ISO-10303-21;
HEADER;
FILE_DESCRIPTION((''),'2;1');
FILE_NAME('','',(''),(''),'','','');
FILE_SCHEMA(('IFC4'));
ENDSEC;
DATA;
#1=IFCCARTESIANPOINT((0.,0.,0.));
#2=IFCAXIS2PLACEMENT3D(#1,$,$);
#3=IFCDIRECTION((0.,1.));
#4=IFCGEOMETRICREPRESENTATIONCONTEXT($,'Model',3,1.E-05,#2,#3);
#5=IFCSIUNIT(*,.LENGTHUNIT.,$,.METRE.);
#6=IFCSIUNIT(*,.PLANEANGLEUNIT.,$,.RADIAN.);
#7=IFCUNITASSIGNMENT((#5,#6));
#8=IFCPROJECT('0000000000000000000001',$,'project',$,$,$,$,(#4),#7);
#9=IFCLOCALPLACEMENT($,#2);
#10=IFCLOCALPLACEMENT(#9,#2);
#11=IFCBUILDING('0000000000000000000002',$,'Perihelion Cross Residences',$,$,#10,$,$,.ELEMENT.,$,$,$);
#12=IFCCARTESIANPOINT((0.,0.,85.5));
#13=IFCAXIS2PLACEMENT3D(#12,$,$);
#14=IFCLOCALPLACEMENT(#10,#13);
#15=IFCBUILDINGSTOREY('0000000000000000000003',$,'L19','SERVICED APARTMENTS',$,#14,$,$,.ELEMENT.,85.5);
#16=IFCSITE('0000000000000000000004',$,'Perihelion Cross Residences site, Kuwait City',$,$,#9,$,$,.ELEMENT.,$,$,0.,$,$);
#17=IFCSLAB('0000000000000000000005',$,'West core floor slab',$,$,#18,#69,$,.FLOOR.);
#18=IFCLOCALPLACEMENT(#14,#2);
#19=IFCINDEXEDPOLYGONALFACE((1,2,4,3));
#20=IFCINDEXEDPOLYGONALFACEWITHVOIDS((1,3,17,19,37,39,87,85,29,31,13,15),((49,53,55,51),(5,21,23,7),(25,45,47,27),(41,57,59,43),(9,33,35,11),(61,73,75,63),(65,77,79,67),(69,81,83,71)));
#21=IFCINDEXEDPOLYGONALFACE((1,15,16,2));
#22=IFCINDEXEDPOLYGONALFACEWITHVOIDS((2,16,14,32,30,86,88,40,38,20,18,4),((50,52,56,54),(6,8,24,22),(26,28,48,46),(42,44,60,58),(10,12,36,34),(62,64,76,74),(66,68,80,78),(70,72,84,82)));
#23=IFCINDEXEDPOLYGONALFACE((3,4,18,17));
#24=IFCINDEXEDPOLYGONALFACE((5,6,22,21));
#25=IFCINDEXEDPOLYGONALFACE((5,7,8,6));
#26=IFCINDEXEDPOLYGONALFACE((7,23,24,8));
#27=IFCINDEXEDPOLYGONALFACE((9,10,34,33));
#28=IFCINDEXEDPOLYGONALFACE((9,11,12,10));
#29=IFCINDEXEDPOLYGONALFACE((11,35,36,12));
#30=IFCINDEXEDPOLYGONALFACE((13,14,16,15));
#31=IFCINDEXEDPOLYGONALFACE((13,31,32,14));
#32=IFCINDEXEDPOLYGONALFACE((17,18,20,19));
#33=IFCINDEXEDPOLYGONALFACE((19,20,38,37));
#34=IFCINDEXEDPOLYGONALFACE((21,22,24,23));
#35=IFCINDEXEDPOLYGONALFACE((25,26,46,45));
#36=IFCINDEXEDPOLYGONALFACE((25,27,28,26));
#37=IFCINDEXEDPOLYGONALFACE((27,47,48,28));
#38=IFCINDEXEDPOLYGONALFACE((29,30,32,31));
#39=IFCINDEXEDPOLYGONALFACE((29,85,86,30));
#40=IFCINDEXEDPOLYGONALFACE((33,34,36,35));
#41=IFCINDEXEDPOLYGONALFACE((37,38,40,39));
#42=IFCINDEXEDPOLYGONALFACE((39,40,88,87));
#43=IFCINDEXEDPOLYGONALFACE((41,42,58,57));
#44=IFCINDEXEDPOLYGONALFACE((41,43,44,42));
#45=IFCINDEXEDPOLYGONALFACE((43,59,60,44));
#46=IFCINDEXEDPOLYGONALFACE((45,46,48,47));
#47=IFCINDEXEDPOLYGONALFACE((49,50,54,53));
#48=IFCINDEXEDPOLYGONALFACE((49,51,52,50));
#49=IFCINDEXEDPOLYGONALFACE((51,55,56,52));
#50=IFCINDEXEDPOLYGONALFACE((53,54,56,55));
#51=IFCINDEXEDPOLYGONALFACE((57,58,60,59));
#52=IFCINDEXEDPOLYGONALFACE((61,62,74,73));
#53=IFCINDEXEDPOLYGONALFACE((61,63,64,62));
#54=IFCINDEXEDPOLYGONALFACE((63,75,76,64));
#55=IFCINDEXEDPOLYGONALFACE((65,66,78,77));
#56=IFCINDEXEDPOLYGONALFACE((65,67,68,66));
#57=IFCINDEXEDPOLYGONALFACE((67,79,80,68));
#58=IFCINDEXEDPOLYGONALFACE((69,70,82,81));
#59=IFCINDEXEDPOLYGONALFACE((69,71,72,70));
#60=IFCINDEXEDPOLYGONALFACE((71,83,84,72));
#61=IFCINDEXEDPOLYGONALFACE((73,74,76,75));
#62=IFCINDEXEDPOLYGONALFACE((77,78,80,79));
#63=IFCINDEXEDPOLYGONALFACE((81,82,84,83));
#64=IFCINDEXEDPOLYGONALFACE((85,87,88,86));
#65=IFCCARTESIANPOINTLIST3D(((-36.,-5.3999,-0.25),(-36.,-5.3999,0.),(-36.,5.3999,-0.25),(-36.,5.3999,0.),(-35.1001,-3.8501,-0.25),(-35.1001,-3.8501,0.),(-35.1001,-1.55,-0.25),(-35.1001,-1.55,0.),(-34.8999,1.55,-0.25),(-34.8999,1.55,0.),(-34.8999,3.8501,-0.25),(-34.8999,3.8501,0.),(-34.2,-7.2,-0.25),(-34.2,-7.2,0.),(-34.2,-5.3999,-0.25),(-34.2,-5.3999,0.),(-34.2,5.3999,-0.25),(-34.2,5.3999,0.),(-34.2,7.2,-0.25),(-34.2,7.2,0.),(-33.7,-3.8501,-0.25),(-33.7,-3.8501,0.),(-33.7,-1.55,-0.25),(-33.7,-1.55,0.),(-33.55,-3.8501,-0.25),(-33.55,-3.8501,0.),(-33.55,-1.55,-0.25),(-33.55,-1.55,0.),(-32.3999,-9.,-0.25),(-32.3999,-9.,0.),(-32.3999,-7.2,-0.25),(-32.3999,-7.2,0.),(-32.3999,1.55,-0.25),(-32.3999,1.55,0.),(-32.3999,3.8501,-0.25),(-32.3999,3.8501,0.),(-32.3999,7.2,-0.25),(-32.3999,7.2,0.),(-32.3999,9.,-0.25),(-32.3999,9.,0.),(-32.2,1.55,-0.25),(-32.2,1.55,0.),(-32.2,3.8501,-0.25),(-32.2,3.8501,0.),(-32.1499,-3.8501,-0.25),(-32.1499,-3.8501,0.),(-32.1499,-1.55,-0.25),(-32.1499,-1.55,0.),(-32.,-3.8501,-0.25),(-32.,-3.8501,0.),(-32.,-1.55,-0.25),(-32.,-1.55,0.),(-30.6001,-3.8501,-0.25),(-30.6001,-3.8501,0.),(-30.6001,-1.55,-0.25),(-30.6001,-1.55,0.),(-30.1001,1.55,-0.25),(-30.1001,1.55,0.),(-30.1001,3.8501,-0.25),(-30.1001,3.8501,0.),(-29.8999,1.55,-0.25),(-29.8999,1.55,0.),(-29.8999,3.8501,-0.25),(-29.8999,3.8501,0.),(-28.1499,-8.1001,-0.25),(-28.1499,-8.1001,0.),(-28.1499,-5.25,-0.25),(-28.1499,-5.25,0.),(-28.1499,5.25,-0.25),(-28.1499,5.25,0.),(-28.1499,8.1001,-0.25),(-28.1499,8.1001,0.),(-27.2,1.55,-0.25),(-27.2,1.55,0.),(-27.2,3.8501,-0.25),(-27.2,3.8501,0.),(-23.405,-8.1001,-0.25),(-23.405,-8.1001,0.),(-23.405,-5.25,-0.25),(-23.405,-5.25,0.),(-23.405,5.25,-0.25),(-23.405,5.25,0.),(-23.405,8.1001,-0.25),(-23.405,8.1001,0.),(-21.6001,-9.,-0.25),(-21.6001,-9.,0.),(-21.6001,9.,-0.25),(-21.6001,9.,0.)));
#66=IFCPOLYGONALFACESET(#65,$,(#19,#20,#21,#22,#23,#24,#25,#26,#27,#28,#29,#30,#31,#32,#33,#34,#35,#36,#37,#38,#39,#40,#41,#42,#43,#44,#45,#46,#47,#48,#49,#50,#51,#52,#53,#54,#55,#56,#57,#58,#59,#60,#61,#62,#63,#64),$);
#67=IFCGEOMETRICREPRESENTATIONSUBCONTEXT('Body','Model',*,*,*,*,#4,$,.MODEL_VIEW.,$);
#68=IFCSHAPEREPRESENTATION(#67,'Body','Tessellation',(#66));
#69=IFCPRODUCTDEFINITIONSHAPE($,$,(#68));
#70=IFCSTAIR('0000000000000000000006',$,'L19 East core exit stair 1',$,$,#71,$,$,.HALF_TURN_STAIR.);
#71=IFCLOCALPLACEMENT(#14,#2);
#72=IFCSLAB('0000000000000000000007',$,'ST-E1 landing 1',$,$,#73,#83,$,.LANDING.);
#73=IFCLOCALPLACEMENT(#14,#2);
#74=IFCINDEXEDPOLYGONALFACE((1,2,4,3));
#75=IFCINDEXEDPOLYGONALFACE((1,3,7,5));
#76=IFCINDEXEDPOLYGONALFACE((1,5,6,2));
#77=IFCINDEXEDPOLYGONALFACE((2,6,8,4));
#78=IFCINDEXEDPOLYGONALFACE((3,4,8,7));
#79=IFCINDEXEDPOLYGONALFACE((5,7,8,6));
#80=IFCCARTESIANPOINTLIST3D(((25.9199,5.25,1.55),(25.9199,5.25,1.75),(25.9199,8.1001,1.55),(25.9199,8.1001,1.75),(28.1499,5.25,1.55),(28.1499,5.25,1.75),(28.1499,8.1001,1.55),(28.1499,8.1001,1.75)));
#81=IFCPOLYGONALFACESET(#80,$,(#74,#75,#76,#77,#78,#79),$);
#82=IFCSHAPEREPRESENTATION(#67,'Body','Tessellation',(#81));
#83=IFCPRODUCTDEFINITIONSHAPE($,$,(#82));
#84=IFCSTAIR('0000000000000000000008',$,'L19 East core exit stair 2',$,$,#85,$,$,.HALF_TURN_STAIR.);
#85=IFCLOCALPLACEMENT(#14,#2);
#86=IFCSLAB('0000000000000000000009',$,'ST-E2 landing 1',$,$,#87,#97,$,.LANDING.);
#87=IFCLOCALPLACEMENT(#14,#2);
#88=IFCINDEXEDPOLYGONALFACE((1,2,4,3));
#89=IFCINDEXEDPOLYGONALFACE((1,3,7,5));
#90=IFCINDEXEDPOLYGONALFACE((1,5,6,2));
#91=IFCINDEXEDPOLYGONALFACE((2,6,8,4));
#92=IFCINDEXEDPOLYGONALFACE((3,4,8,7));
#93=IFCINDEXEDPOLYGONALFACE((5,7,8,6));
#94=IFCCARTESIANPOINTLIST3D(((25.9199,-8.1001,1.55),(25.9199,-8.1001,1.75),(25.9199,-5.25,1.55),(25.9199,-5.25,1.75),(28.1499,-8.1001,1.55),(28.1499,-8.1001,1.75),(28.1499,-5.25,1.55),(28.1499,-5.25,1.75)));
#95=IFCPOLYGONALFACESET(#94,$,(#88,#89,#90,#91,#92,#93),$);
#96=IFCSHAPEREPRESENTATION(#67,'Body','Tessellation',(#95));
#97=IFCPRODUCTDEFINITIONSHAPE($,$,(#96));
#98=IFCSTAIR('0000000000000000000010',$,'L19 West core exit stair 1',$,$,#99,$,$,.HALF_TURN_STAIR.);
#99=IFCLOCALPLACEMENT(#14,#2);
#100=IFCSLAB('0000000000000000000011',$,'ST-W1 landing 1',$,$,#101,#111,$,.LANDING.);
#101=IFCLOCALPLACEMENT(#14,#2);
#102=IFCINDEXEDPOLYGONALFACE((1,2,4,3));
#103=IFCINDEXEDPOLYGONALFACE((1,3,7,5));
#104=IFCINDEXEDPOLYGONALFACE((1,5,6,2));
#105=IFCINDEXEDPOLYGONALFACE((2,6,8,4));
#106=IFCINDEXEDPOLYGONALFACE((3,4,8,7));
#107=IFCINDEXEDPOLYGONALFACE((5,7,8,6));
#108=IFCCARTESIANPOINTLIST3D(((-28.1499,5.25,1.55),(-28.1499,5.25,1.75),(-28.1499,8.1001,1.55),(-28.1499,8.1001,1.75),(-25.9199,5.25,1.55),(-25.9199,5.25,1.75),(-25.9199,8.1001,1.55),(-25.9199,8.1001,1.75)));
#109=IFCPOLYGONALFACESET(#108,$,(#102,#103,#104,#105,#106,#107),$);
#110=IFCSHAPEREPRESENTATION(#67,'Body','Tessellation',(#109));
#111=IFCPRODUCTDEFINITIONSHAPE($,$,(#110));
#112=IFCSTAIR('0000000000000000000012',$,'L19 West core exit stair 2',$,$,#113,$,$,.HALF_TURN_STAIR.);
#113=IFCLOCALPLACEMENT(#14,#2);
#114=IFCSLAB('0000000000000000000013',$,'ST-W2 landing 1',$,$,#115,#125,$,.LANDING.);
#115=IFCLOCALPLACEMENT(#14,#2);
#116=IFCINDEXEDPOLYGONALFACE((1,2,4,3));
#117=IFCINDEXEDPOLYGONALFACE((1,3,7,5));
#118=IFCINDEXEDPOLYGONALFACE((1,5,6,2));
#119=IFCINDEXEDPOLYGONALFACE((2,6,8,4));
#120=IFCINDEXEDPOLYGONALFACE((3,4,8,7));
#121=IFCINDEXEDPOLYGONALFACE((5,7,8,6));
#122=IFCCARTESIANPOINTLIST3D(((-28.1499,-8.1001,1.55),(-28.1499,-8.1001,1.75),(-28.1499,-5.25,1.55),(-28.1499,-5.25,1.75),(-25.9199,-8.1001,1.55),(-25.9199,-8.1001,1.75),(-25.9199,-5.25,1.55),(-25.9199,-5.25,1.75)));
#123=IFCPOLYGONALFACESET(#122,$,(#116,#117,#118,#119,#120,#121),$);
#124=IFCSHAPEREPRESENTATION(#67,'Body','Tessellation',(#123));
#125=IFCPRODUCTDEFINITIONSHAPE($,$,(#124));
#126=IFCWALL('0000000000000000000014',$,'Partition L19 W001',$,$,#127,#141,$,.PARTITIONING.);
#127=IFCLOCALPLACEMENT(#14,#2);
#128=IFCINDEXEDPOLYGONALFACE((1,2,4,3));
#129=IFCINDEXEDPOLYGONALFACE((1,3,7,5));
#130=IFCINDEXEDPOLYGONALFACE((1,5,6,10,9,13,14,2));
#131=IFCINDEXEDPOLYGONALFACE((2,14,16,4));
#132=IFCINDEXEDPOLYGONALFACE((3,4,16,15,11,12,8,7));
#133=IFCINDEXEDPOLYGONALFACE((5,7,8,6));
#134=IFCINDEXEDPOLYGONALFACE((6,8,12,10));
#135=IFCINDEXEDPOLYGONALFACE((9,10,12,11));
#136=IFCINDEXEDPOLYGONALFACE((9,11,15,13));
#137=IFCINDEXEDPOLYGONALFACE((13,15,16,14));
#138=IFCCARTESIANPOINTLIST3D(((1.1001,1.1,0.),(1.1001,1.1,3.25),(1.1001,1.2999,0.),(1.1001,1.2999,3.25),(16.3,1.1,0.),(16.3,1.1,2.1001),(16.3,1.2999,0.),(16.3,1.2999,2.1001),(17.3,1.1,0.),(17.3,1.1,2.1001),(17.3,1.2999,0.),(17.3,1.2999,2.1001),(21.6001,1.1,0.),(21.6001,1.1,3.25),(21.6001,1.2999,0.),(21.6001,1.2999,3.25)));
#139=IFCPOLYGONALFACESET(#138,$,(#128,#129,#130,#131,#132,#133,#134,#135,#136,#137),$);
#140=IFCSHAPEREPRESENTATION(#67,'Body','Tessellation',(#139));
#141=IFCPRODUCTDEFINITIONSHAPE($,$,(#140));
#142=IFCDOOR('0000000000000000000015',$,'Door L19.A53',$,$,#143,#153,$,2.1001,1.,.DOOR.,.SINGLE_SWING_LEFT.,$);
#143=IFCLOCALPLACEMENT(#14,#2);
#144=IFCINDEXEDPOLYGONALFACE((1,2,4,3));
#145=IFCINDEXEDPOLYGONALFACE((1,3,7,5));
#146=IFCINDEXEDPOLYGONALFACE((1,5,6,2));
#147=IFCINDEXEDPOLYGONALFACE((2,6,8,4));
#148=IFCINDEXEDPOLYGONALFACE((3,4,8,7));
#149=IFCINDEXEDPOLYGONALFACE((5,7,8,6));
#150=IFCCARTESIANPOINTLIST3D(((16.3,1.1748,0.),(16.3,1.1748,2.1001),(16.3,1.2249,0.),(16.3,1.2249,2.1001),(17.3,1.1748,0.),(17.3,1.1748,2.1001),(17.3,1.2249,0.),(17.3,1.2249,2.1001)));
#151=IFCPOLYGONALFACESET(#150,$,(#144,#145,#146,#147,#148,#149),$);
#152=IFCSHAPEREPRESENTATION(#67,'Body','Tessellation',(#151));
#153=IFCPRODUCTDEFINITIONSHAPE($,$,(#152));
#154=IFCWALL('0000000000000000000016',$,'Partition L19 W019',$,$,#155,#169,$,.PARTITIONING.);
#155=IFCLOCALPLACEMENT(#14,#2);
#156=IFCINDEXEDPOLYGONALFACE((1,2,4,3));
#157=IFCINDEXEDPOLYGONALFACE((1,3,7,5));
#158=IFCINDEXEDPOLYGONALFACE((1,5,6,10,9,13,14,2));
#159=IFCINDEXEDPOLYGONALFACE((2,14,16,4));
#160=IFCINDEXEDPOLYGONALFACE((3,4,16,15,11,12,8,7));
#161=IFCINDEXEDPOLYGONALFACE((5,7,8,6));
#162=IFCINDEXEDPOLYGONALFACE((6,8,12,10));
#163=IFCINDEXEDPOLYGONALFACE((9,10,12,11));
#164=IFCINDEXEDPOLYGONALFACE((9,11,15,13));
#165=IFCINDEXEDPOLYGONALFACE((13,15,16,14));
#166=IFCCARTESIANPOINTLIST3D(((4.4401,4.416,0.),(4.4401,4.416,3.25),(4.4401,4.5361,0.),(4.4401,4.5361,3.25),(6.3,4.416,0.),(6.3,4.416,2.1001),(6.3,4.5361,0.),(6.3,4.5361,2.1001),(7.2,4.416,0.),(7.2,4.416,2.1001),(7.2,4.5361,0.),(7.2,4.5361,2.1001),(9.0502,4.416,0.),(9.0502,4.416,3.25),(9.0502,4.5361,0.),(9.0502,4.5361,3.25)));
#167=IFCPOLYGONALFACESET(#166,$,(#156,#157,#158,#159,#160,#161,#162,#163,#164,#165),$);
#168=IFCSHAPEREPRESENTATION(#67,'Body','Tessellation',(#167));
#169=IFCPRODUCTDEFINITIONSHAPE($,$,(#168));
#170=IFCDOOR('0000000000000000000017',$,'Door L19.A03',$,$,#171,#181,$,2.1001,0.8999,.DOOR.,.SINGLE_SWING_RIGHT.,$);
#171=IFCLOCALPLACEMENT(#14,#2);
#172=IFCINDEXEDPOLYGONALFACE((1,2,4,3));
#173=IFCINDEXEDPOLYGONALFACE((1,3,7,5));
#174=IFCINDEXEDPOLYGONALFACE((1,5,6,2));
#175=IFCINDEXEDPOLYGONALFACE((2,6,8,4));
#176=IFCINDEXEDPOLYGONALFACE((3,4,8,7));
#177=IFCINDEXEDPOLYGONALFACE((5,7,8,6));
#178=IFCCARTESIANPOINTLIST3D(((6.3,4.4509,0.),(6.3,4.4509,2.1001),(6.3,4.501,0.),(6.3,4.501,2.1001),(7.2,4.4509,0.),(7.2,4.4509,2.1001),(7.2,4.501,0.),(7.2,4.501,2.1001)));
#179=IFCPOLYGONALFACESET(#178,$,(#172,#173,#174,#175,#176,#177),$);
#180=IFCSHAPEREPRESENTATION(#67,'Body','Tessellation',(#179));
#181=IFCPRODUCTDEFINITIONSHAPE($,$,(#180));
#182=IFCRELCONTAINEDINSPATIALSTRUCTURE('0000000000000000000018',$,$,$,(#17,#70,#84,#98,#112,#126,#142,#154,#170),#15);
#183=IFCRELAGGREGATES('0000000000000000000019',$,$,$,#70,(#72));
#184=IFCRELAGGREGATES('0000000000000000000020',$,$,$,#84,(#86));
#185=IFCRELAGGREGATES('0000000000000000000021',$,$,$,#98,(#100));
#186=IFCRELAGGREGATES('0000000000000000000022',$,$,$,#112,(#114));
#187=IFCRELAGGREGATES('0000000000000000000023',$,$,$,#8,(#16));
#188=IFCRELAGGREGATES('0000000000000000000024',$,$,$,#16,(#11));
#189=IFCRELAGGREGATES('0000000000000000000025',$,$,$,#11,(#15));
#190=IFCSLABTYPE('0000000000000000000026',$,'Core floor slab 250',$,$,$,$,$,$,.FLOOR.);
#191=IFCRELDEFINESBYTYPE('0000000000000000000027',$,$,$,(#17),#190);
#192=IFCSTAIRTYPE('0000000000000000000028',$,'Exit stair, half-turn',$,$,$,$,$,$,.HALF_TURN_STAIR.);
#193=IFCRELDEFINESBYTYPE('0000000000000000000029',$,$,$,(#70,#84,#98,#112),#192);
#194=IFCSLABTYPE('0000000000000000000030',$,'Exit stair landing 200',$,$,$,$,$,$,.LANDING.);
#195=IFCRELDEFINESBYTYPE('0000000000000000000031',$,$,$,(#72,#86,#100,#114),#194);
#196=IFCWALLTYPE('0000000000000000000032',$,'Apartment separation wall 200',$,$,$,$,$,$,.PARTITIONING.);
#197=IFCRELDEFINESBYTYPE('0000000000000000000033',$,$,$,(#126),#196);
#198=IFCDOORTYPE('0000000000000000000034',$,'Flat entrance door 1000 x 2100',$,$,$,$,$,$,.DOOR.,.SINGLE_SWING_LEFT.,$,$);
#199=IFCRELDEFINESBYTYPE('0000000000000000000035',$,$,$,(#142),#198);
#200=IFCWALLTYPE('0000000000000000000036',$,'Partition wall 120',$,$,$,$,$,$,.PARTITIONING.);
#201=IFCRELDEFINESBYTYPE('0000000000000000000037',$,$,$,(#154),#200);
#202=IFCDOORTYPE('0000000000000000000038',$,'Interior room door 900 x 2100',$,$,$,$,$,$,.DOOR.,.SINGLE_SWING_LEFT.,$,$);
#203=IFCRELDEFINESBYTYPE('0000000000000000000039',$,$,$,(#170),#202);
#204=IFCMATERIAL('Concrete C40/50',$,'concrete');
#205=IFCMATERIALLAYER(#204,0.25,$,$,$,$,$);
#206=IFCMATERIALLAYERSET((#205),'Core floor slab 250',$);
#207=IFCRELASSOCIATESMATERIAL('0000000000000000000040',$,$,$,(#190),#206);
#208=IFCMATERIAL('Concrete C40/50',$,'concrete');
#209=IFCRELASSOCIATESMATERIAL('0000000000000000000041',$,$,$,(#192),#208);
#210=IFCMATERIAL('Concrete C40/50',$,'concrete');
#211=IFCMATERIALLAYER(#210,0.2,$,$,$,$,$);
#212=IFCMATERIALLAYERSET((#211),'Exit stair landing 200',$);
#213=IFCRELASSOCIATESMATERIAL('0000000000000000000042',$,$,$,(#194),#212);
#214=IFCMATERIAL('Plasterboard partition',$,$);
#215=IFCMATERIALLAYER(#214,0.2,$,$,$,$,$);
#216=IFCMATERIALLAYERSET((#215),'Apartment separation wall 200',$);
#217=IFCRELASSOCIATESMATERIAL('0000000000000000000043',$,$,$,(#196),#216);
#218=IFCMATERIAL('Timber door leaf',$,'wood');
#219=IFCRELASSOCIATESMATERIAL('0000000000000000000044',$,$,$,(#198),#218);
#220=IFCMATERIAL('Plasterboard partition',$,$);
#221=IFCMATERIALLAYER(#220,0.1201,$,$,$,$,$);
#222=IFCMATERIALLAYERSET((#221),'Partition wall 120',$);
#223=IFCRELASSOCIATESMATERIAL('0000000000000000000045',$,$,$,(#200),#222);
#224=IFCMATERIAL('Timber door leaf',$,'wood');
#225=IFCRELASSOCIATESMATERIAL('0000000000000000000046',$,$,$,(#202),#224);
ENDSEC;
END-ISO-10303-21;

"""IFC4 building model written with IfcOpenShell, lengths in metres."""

from ifc_helpers import new_model, si_unit, direction, frame, frame_2d, origin, place, context, subcontext, project, spatial, polyline, rectangle, outline, extrude, material, layer, layer_set, type_object, element, fill, aggregate, save


model = new_model("IFC4")

# Units and contexts
model_context = context("Model", 3, precision=1e-05, world=origin(), true_north=direction((0.0, 1.0)))
body_context = subcontext(model_context, "Body", "Model", "MODEL_VIEW")
ifc_project = project(units=[si_unit("LENGTHUNIT", "METRE"), si_unit("PLANEANGLEUNIT", "RADIAN")], contexts=[model_context])

# Site, building, storey
site_placement = place(None, origin())
site = spatial("IfcSite", under=ifc_project, at=site_placement, Name="Perihelion Cross Residences site, Kuwait City", CompositionType="ELEMENT", RefElevation=0.0)
building_placement = place(site_placement, origin())
building = spatial("IfcBuilding", under=site, at=building_placement, Name="Perihelion Cross Residences", CompositionType="ELEMENT")
storey_placement = place(building_placement, frame((0.0, 0.0, 85.5)))
storey = spatial("IfcBuildingStorey", under=building, at=storey_placement, Name="L19", Description="SERVICED APARTMENTS", CompositionType="ELEMENT", Elevation=85.5)

# Slab
ifc_material_1 = material(Name="Concrete C40/50", Category="concrete")
ifc_layer_1 = layer(ifc_material_1, 0.25)
ifc_layer_set_1 = layer_set([ifc_layer_1], Name="Core floor slab 250")
slab_type_1 = type_object("IfcSlabType", Name="Core floor slab 250", PredefinedType="FLOOR", material=ifc_layer_set_1)
slab_1_placement = place(storey_placement, frame((0.0, 0.0, -0.25)))
element("IfcSlab", 1, at=slab_1_placement, inside=storey, type_object=slab_type_1, Name="West core floor slab", PredefinedType="FLOOR", context=body_context, shape_type="SweptSolid", body=[
    extrude(outline(polyline([(-32.3999, 7.2), (-34.2, 7.2), (-34.2, 5.3999), (-36.0, 5.3999), (-36.0, -5.3999), (-34.2, -5.3999), (-34.2, -7.2), (-32.3999, -7.2), (-32.3999, -9.0), (-21.6001, -9.0), (-21.6001, 9.0), (-32.3999, 9.0), (-32.3999, 7.2)]), holes=[polyline([(-23.405, -8.1001), (-28.1499, -8.1001), (-28.1499, -5.25), (-23.405, -5.25), (-23.405, -8.1001)]), polyline([(-30.6001, -1.55), (-30.6001, -3.8501), (-32.0, -3.8501), (-32.0, -1.55), (-30.6001, -1.55)]), polyline([(-32.1499, -1.55), (-32.1499, -3.8501), (-33.55, -3.8501), (-33.55, -1.55), (-32.1499, -1.55)]), polyline([(-33.7, -1.55), (-33.7, -3.8501), (-35.1001, -3.8501), (-35.1001, -1.55), (-33.7, -1.55)]), polyline([(-27.2, 3.8501), (-27.2, 1.55), (-29.8999, 1.55), (-29.8999, 3.8501), (-27.2, 3.8501)]), polyline([(-30.1001, 3.8501), (-30.1001, 1.55), (-32.2, 1.55), (-32.2, 3.8501), (-30.1001, 3.8501)]), polyline([(-32.3999, 3.8501), (-32.3999, 1.55), (-34.8999, 1.55), (-34.8999, 3.8501), (-32.3999, 3.8501)]), polyline([(-23.405, 5.25), (-28.1499, 5.25), (-28.1499, 8.1001), (-23.405, 8.1001), (-23.405, 5.25)])]), origin(), (0.0, 0.0, 1.0), 0.25),
])

# Stairs, slabs
ifc_material_2 = material(Name="Concrete C40/50", Category="concrete")
stair_type = type_object("IfcStairType", Name="Exit stair, half-turn", PredefinedType="HALF_TURN_STAIR", material=ifc_material_2)
stair_1_placement = place(storey_placement, origin())
stair_1 = element("IfcStair", 2, at=stair_1_placement, inside=storey, type_object=stair_type, Name="L19 East core exit stair 1", PredefinedType="HALF_TURN_STAIR")
ifc_material_3 = material(Name="Concrete C40/50", Category="concrete")
ifc_layer_2 = layer(ifc_material_3, 0.2)
ifc_layer_set_2 = layer_set([ifc_layer_2], Name="Exit stair landing 200")
slab_type_2 = type_object("IfcSlabType", Name="Exit stair landing 200", PredefinedType="LANDING", material=ifc_layer_set_2)
slab_2_placement = place(storey_placement, frame((0.0, 0.0, 1.55)))
slab_2 = element("IfcSlab", 3, at=slab_2_placement, type_object=slab_type_2, Name="ST-E1 landing 1", PredefinedType="LANDING", context=body_context, shape_type="SweptSolid", body=[
    extrude(outline(polyline([(25.9199, 5.25), (28.1499, 5.25), (28.1499, 8.1001), (25.9199, 8.1001), (25.9199, 5.25)])), origin(), (0.0, 0.0, 1.0), 0.2),
])
aggregate(stair_1, [slab_2])
stair_2_placement = place(storey_placement, origin())
stair_2 = element("IfcStair", 4, at=stair_2_placement, inside=storey, type_object=stair_type, Name="L19 East core exit stair 2", PredefinedType="HALF_TURN_STAIR")
slab_3_placement = place(storey_placement, frame((0.0, 0.0, 1.55)))
slab_3 = element("IfcSlab", 5, at=slab_3_placement, type_object=slab_type_2, Name="ST-E2 landing 1", PredefinedType="LANDING", context=body_context, shape_type="SweptSolid", body=[
    extrude(outline(polyline([(25.9199, -8.1001), (28.1499, -8.1001), (28.1499, -5.25), (25.9199, -5.25), (25.9199, -8.1001)])), origin(), (0.0, 0.0, 1.0), 0.2),
])
aggregate(stair_2, [slab_3])
stair_3_placement = place(storey_placement, origin())
stair_3 = element("IfcStair", 6, at=stair_3_placement, inside=storey, type_object=stair_type, Name="L19 West core exit stair 1", PredefinedType="HALF_TURN_STAIR")
slab_4_placement = place(storey_placement, frame((0.0, 0.0, 1.55)))
slab_4 = element("IfcSlab", 7, at=slab_4_placement, type_object=slab_type_2, Name="ST-W1 landing 1", PredefinedType="LANDING", context=body_context, shape_type="SweptSolid", body=[
    extrude(outline(polyline([(-25.9199, 8.1001), (-28.1499, 8.1001), (-28.1499, 5.25), (-25.9199, 5.25), (-25.9199, 8.1001)])), origin(), (0.0, 0.0, 1.0), 0.2),
])
aggregate(stair_3, [slab_4])
stair_4_placement = place(storey_placement, origin())
stair_4 = element("IfcStair", 8, at=stair_4_placement, inside=storey, type_object=stair_type, Name="L19 West core exit stair 2", PredefinedType="HALF_TURN_STAIR")
slab_5_placement = place(storey_placement, frame((0.0, 0.0, 1.55)))
slab_5 = element("IfcSlab", 9, at=slab_5_placement, type_object=slab_type_2, Name="ST-W2 landing 1", PredefinedType="LANDING", context=body_context, shape_type="SweptSolid", body=[
    extrude(outline(polyline([(-25.9199, -5.25), (-28.1499, -5.25), (-28.1499, -8.1001), (-25.9199, -8.1001), (-25.9199, -5.25)])), origin(), (0.0, 0.0, 1.0), 0.2),
])
aggregate(stair_4, [slab_5])

# Walls, openings, doors
ifc_material_4 = material(Name="Plasterboard partition")
ifc_layer_3 = layer(ifc_material_4, 0.2)
ifc_layer_set_3 = layer_set([ifc_layer_3], Name="Apartment separation wall 200")
wall_type_1 = type_object("IfcWallType", Name="Apartment separation wall 200", PredefinedType="PARTITIONING", material=ifc_layer_set_3)
wall_1_placement = place(storey_placement, frame((1.1001, 1.2, 0.0), z_axis=(0.0, 0.0, 1.0), x_axis=(1.0, 0.0, 0.0)))
wall_1 = element("IfcWall", 10, at=wall_1_placement, inside=storey, type_object=wall_type_1, Name="Partition L19 W001", PredefinedType="PARTITIONING", context=body_context, shape_type="SweptSolid", body=[
    extrude(rectangle(XDim=20.5, YDim=0.2, at=frame_2d((10.25, 0.0))), origin(), (0.0, 0.0, 1.0), 3.25),
])
opening_1_placement = place(wall_1_placement, frame((15.2, 0.0, 0.0)))
opening_1 = element("IfcOpeningElement", 11, at=opening_1_placement, cuts=wall_1, PredefinedType="OPENING", context=body_context, shape_type="SweptSolid", body=[
    extrude(rectangle(XDim=1.0, YDim=2.1001, at=frame_2d((0.5, 1.05))), frame((0.0, 0.1099, 0.0), z_axis=(0.0, -1.0, 0.0), x_axis=(1.0, 0.0, 0.0)), (0.0, 0.0, 1.0), 0.22),
])
ifc_material_5 = material(Name="Timber door leaf", Category="wood")
door_type_1 = type_object("IfcDoorType", Name="Flat entrance door 1000 x 2100", OperationType="SINGLE_SWING_LEFT", PredefinedType="DOOR", material=ifc_material_5)
door_1_placement = place(opening_1_placement, origin())
door_1 = element("IfcDoor", 12, at=door_1_placement, inside=storey, type_object=door_type_1, Name="Door L19.A53", OperationType="SINGLE_SWING_LEFT", OverallHeight=2.1001, OverallWidth=1.0, PredefinedType="DOOR", context=body_context, shape_type="SweptSolid", body=[
    extrude(rectangle(XDim=1.0, YDim=2.1001, at=frame_2d((0.5, 1.05))), frame((0.0, 0.0249, 0.0), z_axis=(0.0, -1.0, 0.0), x_axis=(1.0, 0.0, 0.0)), (0.0, 0.0, 1.0), 0.05),
])
fill(opening_1, door_1)
ifc_material_6 = material(Name="Plasterboard partition")
ifc_layer_4 = layer(ifc_material_6, 0.1201)
ifc_layer_set_4 = layer_set([ifc_layer_4], Name="Partition wall 120")
wall_type_2 = type_object("IfcWallType", Name="Partition wall 120", PredefinedType="PARTITIONING", material=ifc_layer_set_4)
wall_2_placement = place(storey_placement, frame((4.4399, 4.4761, 0.0), z_axis=(0.0, 0.0, 1.0), x_axis=(1.0, 0.0, 0.0)))
wall_2 = element("IfcWall", 13, at=wall_2_placement, inside=storey, type_object=wall_type_2, Name="Partition L19 W019", PredefinedType="PARTITIONING", context=body_context, shape_type="SweptSolid", body=[
    extrude(rectangle(XDim=4.6101, YDim=0.1201, at=frame_2d((2.3052, 0.0))), origin(), (0.0, 0.0, 1.0), 3.25),
])
opening_2_placement = place(wall_2_placement, frame((1.8601, 0.0, 0.0)))
opening_2 = element("IfcOpeningElement", 14, at=opening_2_placement, cuts=wall_2, PredefinedType="OPENING", context=body_context, shape_type="SweptSolid", body=[
    extrude(rectangle(XDim=0.8999, YDim=2.1001, at=frame_2d((0.45, 1.05))), frame((0.0, 0.0701, 0.0), z_axis=(0.0, -1.0, 0.0), x_axis=(1.0, 0.0, 0.0)), (0.0, 0.0, 1.0), 0.1401),
])
ifc_material_7 = material(Name="Timber door leaf", Category="wood")
door_type_2 = type_object("IfcDoorType", Name="Interior room door 900 x 2100", OperationType="SINGLE_SWING_LEFT", PredefinedType="DOOR", material=ifc_material_7)
door_2_placement = place(opening_2_placement, origin())
door_2 = element("IfcDoor", 15, at=door_2_placement, inside=storey, type_object=door_type_2, Name="Door L19.A03", OperationType="SINGLE_SWING_RIGHT", OverallHeight=2.1001, OverallWidth=0.8999, PredefinedType="DOOR", context=body_context, shape_type="SweptSolid", body=[
    extrude(rectangle(XDim=0.8999, YDim=2.1001, at=frame_2d((0.45, 1.05))), frame((0.0, 0.0249, 0.0), z_axis=(0.0, -1.0, 0.0), x_axis=(1.0, 0.0, 0.0)), (0.0, 0.0, 1.0), 0.05),
])
fill(opening_2, door_2)

save(model, "model.ifc")
